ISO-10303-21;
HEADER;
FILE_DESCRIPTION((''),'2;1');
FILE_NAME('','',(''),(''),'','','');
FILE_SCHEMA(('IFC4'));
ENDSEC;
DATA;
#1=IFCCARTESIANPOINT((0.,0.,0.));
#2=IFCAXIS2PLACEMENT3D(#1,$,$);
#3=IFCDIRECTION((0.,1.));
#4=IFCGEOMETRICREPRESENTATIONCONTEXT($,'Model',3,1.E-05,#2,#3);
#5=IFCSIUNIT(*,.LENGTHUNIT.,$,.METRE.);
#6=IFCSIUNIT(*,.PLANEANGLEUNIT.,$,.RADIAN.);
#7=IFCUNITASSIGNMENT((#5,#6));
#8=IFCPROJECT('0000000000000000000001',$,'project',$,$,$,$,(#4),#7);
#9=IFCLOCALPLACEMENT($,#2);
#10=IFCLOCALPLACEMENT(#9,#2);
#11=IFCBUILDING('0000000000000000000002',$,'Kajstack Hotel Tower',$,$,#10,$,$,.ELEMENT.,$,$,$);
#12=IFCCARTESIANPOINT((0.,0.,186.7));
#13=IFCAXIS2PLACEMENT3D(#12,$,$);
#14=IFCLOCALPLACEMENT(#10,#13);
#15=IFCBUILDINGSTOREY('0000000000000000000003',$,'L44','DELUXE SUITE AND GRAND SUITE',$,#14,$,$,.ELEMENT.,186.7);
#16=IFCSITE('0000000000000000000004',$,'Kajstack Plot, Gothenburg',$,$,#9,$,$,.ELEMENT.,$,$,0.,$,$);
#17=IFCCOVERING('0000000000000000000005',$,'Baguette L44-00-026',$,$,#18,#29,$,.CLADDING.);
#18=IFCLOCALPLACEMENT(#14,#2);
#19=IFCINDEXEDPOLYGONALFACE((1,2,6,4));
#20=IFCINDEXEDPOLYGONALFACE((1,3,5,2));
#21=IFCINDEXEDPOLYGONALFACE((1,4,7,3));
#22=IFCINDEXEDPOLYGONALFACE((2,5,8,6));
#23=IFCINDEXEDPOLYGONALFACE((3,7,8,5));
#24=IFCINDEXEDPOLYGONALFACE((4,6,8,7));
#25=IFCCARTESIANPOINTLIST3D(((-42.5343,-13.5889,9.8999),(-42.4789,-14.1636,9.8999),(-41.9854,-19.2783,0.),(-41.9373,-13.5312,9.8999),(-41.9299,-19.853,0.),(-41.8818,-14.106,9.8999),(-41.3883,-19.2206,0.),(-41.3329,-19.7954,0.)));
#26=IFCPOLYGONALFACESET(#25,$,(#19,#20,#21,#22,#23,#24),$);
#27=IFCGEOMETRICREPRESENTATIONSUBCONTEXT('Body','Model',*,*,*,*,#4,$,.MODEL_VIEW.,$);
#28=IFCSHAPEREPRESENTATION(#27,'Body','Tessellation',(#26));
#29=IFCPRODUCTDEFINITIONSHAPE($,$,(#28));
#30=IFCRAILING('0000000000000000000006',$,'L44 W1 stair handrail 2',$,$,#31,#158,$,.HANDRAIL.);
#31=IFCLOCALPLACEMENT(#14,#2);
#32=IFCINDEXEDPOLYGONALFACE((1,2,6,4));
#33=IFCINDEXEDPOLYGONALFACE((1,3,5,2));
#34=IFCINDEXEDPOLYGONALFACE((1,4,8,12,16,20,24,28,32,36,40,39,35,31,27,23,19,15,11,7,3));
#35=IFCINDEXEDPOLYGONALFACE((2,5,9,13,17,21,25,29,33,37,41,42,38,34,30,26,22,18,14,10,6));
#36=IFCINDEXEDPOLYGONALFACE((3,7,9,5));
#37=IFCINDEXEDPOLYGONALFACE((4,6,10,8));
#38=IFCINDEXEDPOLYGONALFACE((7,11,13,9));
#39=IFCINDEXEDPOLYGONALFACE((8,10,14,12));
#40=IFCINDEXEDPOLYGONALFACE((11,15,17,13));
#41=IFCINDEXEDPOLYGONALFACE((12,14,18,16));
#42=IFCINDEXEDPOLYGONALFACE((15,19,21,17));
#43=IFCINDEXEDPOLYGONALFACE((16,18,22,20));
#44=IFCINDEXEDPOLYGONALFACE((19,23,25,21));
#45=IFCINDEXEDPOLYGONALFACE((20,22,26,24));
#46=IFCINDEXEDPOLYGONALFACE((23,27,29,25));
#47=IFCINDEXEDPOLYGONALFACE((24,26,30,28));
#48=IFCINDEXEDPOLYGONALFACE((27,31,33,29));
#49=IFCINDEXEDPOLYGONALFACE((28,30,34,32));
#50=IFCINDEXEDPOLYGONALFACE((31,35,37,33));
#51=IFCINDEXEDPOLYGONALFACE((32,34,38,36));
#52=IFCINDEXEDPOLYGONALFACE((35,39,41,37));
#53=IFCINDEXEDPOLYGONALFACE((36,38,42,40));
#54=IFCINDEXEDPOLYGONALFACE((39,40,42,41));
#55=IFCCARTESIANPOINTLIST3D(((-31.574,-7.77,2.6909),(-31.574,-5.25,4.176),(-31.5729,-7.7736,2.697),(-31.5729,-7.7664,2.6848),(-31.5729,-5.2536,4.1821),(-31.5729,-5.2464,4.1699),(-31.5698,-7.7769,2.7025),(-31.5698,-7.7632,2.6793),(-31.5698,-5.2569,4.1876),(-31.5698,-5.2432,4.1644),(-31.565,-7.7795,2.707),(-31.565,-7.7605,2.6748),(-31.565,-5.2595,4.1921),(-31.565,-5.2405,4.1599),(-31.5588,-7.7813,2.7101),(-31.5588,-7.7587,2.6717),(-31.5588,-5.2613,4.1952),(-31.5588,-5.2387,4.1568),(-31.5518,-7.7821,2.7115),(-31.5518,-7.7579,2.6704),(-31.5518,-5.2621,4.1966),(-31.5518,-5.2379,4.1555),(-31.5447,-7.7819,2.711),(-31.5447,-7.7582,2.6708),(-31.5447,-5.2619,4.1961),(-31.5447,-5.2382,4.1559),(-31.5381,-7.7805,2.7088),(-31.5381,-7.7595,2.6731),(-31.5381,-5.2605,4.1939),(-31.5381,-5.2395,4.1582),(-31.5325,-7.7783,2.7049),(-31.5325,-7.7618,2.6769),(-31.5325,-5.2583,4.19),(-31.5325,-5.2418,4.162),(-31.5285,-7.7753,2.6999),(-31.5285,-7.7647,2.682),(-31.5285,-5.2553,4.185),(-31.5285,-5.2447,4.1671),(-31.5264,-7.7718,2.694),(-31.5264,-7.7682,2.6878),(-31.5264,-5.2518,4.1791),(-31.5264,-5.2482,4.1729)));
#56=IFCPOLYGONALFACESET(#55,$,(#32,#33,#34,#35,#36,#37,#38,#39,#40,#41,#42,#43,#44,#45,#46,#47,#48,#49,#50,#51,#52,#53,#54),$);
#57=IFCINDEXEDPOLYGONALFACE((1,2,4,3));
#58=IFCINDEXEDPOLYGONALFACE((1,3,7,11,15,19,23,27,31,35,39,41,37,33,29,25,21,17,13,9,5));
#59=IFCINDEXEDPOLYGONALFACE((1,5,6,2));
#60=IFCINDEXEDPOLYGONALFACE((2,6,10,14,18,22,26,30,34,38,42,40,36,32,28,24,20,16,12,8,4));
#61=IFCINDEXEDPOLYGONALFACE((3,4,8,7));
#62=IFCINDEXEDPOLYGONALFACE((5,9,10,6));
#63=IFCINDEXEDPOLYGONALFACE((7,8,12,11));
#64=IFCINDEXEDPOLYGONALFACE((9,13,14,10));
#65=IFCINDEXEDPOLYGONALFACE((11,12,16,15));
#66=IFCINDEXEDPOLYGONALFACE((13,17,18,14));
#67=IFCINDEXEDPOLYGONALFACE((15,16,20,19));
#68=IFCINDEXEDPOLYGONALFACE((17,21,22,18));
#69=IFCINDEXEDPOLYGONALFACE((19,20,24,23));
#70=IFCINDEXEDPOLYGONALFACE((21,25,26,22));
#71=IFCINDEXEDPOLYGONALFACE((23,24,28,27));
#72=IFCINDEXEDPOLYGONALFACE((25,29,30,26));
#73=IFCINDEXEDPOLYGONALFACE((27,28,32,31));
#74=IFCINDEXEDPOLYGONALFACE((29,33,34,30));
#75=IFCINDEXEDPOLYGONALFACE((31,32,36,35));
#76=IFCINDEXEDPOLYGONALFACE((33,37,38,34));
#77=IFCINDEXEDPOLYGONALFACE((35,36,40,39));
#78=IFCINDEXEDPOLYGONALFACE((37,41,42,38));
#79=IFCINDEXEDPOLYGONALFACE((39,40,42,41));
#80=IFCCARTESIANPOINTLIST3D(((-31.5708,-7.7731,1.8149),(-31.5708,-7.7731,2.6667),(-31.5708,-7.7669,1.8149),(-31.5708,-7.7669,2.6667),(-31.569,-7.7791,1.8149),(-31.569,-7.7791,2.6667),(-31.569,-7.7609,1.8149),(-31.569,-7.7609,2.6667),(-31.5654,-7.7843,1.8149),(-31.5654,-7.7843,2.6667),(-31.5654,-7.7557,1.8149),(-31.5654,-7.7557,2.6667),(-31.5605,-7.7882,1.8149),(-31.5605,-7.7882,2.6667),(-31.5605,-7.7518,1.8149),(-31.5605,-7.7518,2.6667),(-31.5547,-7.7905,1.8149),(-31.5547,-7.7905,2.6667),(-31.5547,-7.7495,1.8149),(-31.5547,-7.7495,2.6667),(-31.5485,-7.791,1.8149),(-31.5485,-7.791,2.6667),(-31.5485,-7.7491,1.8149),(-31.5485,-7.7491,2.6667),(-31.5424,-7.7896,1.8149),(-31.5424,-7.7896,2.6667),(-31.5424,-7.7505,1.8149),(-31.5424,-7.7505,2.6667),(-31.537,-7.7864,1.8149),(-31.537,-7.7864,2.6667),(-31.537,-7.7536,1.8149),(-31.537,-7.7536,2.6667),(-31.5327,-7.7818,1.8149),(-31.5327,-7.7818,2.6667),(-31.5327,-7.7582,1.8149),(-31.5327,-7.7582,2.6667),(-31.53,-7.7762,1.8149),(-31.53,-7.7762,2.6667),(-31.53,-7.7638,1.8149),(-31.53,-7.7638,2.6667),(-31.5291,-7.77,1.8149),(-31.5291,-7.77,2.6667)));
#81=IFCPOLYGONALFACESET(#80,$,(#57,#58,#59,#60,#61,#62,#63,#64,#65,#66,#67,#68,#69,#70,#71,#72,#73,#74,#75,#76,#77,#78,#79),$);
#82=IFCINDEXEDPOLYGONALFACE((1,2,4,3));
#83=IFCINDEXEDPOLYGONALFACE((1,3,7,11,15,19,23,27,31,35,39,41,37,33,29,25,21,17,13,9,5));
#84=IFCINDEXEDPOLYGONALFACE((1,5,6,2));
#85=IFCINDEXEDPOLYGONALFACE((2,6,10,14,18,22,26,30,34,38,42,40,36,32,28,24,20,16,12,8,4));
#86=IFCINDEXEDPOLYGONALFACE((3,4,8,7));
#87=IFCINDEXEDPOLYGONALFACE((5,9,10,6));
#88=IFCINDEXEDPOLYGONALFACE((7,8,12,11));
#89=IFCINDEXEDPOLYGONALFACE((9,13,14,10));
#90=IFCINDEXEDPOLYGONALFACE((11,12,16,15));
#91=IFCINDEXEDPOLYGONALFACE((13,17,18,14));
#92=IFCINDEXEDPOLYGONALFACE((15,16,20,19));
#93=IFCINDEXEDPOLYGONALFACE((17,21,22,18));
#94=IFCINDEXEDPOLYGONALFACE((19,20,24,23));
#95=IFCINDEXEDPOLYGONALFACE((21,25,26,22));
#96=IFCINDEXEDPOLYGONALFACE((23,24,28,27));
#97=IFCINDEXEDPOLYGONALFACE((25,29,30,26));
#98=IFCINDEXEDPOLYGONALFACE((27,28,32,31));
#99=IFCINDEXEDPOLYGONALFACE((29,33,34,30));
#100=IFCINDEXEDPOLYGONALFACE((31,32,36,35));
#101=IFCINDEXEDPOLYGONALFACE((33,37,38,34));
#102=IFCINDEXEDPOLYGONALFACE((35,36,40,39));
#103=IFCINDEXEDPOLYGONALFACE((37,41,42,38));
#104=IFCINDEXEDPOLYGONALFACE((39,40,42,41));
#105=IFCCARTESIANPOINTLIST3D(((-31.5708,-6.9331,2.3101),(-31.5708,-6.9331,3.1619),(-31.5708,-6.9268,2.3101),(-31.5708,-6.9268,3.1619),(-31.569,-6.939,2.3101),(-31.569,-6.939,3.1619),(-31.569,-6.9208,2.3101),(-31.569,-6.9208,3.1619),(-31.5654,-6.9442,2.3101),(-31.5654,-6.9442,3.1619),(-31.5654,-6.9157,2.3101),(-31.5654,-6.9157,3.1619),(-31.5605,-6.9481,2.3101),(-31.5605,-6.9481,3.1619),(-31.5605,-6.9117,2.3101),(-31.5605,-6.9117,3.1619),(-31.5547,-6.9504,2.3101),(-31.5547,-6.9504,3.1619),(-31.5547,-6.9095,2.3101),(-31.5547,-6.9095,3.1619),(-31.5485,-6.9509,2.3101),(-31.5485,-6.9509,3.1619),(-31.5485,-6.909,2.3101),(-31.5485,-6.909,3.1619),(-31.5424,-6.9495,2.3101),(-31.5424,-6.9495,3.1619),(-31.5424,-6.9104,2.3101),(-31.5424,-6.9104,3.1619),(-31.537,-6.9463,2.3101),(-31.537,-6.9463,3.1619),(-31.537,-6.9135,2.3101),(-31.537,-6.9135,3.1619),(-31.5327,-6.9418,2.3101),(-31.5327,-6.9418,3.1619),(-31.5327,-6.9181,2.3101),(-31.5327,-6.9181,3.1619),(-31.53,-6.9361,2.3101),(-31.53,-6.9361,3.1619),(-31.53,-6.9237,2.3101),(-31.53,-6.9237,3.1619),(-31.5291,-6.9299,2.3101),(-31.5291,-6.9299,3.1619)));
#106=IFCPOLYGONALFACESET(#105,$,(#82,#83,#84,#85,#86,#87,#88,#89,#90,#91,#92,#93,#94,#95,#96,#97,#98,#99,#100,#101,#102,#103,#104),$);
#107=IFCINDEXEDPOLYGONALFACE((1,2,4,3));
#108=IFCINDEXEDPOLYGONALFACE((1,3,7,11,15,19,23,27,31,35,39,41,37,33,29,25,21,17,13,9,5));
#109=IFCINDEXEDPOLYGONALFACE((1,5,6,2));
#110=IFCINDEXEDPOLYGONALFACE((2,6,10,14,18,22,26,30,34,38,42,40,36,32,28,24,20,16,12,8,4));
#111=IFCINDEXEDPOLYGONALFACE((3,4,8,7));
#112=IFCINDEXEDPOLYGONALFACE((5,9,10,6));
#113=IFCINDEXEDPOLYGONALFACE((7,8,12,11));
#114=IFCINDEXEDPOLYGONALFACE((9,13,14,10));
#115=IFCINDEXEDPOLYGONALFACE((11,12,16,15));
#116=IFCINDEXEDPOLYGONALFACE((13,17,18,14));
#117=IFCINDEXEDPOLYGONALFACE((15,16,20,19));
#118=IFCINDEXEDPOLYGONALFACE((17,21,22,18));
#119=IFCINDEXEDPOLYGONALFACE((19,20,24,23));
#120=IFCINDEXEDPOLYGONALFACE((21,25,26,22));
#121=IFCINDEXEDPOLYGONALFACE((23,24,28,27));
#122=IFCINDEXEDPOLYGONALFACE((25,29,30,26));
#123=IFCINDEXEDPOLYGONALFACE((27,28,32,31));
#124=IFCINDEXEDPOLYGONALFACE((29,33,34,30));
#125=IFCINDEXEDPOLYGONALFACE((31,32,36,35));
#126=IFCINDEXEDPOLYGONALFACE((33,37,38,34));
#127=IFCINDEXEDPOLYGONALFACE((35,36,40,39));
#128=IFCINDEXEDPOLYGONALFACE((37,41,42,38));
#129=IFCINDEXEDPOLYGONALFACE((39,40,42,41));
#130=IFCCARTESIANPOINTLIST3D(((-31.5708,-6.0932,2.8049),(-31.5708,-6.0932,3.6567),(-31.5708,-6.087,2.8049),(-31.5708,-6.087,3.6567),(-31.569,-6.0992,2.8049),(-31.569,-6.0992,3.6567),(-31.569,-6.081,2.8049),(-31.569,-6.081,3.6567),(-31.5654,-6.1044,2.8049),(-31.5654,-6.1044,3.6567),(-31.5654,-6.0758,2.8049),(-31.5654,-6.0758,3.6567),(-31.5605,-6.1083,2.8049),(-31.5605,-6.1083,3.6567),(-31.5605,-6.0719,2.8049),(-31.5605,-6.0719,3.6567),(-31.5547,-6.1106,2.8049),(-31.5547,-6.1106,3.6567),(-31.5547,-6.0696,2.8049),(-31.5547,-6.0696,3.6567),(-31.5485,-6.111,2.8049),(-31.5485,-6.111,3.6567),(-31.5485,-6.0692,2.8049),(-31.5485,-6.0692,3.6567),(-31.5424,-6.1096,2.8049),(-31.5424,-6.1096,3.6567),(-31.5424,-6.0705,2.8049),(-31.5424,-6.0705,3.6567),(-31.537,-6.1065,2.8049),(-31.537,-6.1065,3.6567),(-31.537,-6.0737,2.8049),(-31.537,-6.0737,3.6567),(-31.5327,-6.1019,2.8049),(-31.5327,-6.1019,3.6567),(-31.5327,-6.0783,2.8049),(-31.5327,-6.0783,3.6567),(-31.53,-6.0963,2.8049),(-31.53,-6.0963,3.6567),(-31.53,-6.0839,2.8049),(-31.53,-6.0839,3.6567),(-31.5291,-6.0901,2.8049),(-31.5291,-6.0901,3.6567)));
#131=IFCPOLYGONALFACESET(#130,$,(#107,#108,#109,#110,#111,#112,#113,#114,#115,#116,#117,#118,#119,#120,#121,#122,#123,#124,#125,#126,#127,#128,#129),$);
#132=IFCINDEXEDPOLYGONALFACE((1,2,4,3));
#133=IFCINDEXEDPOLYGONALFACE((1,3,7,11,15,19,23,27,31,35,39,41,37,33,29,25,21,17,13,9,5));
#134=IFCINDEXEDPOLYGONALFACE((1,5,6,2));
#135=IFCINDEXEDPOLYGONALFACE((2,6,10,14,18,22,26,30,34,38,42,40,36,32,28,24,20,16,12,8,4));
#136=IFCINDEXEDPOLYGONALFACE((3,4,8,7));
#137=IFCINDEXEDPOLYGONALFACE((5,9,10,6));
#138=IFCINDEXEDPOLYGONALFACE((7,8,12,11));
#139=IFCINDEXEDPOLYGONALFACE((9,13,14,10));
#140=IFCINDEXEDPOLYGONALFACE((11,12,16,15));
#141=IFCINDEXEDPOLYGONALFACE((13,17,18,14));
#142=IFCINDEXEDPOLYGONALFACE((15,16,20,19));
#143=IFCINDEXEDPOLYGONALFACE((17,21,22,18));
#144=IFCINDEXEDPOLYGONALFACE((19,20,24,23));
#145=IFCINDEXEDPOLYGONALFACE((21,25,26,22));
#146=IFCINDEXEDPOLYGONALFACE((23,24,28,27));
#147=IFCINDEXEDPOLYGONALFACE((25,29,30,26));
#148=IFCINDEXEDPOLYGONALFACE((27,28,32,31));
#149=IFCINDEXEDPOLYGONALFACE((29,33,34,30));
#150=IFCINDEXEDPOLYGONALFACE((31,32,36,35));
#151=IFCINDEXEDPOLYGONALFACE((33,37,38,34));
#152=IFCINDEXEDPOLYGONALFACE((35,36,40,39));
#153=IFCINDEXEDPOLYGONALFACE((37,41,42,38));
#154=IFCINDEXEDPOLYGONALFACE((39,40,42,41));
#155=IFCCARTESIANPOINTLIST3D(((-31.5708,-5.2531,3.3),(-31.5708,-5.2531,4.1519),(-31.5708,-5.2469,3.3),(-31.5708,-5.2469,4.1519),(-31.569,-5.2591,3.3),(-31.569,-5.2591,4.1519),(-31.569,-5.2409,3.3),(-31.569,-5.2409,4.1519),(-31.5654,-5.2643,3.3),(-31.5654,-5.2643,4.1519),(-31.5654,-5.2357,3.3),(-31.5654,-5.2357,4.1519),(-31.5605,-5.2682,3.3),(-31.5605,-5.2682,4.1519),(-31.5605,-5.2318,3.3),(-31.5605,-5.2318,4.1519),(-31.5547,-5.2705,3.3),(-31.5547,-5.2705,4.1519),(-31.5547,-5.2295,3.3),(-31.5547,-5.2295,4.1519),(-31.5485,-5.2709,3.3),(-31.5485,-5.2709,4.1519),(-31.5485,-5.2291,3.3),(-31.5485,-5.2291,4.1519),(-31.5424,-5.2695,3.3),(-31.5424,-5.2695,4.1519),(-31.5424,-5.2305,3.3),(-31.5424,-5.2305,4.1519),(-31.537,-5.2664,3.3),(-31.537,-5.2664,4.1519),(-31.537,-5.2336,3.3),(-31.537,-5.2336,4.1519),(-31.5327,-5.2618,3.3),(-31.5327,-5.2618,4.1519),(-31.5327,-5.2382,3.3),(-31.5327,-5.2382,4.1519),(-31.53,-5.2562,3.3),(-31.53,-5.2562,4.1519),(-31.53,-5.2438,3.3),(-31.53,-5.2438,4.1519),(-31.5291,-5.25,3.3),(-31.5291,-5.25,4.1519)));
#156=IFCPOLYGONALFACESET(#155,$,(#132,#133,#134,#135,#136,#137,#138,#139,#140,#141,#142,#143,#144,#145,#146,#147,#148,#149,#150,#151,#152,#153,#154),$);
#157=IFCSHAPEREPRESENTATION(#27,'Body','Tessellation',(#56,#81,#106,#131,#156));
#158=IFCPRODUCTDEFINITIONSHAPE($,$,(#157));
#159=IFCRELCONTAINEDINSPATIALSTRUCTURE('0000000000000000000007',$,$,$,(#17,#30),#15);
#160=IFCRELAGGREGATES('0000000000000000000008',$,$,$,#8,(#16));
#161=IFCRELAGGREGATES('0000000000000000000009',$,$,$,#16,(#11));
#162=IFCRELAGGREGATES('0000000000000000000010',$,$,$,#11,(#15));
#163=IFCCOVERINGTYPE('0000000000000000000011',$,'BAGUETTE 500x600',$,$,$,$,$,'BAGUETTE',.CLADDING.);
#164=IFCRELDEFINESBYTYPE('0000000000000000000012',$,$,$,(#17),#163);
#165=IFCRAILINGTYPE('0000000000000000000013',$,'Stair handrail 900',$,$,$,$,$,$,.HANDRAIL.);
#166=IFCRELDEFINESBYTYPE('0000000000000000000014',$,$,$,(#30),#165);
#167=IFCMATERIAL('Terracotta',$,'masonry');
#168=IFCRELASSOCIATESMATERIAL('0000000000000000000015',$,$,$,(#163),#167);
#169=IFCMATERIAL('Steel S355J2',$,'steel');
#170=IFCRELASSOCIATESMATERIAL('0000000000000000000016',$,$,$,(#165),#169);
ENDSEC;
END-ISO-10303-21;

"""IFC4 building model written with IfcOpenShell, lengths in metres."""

from ifc_helpers import new_model, si_unit, direction, frame, origin, origin_2d, place, context, subcontext, project, spatial, polyline, rectangle, circle, outline, extrude, material, material_profile, profile_set, type_object, element, save


model = new_model("IFC4")

# Units and contexts
model_context = context("Model", 3, precision=1e-05, world=origin(), true_north=direction((0.0, 1.0)))
body_context = subcontext(model_context, "Body", "Model", "MODEL_VIEW")
ifc_project = project(units=[si_unit("LENGTHUNIT", "METRE"), si_unit("PLANEANGLEUNIT", "RADIAN")], contexts=[model_context])

# Site, building, storey
site_placement = place(None, origin())
site = spatial("IfcSite", under=ifc_project, at=site_placement, Name="Kajstack Plot, Gothenburg", CompositionType="ELEMENT", RefElevation=0.0)
building_placement = place(site_placement, origin())
building = spatial("IfcBuilding", under=site, at=building_placement, Name="Kajstack Hotel Tower", CompositionType="ELEMENT")
storey_placement = place(building_placement, frame((0.0, 0.0, 186.7)))
storey = spatial("IfcBuildingStorey", under=building, at=storey_placement, Name="L44", Description="DELUXE SUITE AND GRAND SUITE", CompositionType="ELEMENT", Elevation=186.7)

# Covering
ifc_material_1 = material(Name="Terracotta", Category="masonry")
ifc_material_profile = material_profile(ifc_material_1, rectangle(XDim=0.6001, YDim=0.5, at=origin_2d()), Name="Terracotta-clad concrete baguette 500 x 600")
ifc_profile_set = profile_set([ifc_material_profile], Name="Terracotta")
covering_type = type_object("IfcCoveringType", Name="BAGUETTE 500x600", ElementType="BAGUETTE", PredefinedType="CLADDING", material=ifc_profile_set)
covering_1_placement = place(storey_placement, frame((-41.9373, -13.5312, 0.0), z_axis=(-0.995378, -0.096038, 0.0), x_axis=(0.096038, -0.995378, 0.0)))
element("IfcCovering", 1, at=covering_1_placement, inside=storey, type_object=covering_type, Name="Baguette L44-00-026", PredefinedType="CLADDING", context=body_context, shape_type="SweptSolid", body=[
    extrude(outline(polyline([(0.0, 9.8999), (5.7158, 0.0), (6.2932, 0.0), (0.5774, 9.8999), (0.0, 9.8999)])), origin(), (0.0, 0.0, 1.0), 0.5999),
])

# Railing
ifc_material_2 = material(Name="Steel S355J2", Category="steel")
railing_type_1 = type_object("IfcRailingType", Name="Stair handrail 900", PredefinedType="HANDRAIL", material=ifc_material_2)
railing_1_placement = place(storey_placement, frame((-31.55, -7.77, 1.8149)))
element("IfcRailing", 2, at=railing_1_placement, inside=storey, type_object=railing_type_1, Name="L44 W1 stair handrail 2", PredefinedType="HANDRAIL", context=body_context, shape_type="SweptSolid", body=[
    extrude(circle(Radius=0.0239, at=origin_2d()), frame((0.0, 0.0, 0.876), z_axis=(0.0, 0.861524, 0.507717), x_axis=(-1.0, 0.0, 0.0)), (0.0, 0.0, 1.0), 2.925),
    extrude(circle(Radius=0.021, at=origin_2d()), origin(), (0.0, 0.0, 1.0), 0.8518),
    extrude(circle(Radius=0.021, at=origin_2d()), frame((0.0, 0.8401, 0.4951)), (0.0, 0.0, 1.0), 0.8518),
    extrude(circle(Radius=0.021, at=origin_2d()), frame((0.0, 1.6799, 0.99)), (0.0, 0.0, 1.0), 0.8518),
    extrude(circle(Radius=0.021, at=origin_2d()), frame((0.0, 2.52, 1.4851)), (0.0, 0.0, 1.0), 0.8518),
])

save(model, "model.ifc")
